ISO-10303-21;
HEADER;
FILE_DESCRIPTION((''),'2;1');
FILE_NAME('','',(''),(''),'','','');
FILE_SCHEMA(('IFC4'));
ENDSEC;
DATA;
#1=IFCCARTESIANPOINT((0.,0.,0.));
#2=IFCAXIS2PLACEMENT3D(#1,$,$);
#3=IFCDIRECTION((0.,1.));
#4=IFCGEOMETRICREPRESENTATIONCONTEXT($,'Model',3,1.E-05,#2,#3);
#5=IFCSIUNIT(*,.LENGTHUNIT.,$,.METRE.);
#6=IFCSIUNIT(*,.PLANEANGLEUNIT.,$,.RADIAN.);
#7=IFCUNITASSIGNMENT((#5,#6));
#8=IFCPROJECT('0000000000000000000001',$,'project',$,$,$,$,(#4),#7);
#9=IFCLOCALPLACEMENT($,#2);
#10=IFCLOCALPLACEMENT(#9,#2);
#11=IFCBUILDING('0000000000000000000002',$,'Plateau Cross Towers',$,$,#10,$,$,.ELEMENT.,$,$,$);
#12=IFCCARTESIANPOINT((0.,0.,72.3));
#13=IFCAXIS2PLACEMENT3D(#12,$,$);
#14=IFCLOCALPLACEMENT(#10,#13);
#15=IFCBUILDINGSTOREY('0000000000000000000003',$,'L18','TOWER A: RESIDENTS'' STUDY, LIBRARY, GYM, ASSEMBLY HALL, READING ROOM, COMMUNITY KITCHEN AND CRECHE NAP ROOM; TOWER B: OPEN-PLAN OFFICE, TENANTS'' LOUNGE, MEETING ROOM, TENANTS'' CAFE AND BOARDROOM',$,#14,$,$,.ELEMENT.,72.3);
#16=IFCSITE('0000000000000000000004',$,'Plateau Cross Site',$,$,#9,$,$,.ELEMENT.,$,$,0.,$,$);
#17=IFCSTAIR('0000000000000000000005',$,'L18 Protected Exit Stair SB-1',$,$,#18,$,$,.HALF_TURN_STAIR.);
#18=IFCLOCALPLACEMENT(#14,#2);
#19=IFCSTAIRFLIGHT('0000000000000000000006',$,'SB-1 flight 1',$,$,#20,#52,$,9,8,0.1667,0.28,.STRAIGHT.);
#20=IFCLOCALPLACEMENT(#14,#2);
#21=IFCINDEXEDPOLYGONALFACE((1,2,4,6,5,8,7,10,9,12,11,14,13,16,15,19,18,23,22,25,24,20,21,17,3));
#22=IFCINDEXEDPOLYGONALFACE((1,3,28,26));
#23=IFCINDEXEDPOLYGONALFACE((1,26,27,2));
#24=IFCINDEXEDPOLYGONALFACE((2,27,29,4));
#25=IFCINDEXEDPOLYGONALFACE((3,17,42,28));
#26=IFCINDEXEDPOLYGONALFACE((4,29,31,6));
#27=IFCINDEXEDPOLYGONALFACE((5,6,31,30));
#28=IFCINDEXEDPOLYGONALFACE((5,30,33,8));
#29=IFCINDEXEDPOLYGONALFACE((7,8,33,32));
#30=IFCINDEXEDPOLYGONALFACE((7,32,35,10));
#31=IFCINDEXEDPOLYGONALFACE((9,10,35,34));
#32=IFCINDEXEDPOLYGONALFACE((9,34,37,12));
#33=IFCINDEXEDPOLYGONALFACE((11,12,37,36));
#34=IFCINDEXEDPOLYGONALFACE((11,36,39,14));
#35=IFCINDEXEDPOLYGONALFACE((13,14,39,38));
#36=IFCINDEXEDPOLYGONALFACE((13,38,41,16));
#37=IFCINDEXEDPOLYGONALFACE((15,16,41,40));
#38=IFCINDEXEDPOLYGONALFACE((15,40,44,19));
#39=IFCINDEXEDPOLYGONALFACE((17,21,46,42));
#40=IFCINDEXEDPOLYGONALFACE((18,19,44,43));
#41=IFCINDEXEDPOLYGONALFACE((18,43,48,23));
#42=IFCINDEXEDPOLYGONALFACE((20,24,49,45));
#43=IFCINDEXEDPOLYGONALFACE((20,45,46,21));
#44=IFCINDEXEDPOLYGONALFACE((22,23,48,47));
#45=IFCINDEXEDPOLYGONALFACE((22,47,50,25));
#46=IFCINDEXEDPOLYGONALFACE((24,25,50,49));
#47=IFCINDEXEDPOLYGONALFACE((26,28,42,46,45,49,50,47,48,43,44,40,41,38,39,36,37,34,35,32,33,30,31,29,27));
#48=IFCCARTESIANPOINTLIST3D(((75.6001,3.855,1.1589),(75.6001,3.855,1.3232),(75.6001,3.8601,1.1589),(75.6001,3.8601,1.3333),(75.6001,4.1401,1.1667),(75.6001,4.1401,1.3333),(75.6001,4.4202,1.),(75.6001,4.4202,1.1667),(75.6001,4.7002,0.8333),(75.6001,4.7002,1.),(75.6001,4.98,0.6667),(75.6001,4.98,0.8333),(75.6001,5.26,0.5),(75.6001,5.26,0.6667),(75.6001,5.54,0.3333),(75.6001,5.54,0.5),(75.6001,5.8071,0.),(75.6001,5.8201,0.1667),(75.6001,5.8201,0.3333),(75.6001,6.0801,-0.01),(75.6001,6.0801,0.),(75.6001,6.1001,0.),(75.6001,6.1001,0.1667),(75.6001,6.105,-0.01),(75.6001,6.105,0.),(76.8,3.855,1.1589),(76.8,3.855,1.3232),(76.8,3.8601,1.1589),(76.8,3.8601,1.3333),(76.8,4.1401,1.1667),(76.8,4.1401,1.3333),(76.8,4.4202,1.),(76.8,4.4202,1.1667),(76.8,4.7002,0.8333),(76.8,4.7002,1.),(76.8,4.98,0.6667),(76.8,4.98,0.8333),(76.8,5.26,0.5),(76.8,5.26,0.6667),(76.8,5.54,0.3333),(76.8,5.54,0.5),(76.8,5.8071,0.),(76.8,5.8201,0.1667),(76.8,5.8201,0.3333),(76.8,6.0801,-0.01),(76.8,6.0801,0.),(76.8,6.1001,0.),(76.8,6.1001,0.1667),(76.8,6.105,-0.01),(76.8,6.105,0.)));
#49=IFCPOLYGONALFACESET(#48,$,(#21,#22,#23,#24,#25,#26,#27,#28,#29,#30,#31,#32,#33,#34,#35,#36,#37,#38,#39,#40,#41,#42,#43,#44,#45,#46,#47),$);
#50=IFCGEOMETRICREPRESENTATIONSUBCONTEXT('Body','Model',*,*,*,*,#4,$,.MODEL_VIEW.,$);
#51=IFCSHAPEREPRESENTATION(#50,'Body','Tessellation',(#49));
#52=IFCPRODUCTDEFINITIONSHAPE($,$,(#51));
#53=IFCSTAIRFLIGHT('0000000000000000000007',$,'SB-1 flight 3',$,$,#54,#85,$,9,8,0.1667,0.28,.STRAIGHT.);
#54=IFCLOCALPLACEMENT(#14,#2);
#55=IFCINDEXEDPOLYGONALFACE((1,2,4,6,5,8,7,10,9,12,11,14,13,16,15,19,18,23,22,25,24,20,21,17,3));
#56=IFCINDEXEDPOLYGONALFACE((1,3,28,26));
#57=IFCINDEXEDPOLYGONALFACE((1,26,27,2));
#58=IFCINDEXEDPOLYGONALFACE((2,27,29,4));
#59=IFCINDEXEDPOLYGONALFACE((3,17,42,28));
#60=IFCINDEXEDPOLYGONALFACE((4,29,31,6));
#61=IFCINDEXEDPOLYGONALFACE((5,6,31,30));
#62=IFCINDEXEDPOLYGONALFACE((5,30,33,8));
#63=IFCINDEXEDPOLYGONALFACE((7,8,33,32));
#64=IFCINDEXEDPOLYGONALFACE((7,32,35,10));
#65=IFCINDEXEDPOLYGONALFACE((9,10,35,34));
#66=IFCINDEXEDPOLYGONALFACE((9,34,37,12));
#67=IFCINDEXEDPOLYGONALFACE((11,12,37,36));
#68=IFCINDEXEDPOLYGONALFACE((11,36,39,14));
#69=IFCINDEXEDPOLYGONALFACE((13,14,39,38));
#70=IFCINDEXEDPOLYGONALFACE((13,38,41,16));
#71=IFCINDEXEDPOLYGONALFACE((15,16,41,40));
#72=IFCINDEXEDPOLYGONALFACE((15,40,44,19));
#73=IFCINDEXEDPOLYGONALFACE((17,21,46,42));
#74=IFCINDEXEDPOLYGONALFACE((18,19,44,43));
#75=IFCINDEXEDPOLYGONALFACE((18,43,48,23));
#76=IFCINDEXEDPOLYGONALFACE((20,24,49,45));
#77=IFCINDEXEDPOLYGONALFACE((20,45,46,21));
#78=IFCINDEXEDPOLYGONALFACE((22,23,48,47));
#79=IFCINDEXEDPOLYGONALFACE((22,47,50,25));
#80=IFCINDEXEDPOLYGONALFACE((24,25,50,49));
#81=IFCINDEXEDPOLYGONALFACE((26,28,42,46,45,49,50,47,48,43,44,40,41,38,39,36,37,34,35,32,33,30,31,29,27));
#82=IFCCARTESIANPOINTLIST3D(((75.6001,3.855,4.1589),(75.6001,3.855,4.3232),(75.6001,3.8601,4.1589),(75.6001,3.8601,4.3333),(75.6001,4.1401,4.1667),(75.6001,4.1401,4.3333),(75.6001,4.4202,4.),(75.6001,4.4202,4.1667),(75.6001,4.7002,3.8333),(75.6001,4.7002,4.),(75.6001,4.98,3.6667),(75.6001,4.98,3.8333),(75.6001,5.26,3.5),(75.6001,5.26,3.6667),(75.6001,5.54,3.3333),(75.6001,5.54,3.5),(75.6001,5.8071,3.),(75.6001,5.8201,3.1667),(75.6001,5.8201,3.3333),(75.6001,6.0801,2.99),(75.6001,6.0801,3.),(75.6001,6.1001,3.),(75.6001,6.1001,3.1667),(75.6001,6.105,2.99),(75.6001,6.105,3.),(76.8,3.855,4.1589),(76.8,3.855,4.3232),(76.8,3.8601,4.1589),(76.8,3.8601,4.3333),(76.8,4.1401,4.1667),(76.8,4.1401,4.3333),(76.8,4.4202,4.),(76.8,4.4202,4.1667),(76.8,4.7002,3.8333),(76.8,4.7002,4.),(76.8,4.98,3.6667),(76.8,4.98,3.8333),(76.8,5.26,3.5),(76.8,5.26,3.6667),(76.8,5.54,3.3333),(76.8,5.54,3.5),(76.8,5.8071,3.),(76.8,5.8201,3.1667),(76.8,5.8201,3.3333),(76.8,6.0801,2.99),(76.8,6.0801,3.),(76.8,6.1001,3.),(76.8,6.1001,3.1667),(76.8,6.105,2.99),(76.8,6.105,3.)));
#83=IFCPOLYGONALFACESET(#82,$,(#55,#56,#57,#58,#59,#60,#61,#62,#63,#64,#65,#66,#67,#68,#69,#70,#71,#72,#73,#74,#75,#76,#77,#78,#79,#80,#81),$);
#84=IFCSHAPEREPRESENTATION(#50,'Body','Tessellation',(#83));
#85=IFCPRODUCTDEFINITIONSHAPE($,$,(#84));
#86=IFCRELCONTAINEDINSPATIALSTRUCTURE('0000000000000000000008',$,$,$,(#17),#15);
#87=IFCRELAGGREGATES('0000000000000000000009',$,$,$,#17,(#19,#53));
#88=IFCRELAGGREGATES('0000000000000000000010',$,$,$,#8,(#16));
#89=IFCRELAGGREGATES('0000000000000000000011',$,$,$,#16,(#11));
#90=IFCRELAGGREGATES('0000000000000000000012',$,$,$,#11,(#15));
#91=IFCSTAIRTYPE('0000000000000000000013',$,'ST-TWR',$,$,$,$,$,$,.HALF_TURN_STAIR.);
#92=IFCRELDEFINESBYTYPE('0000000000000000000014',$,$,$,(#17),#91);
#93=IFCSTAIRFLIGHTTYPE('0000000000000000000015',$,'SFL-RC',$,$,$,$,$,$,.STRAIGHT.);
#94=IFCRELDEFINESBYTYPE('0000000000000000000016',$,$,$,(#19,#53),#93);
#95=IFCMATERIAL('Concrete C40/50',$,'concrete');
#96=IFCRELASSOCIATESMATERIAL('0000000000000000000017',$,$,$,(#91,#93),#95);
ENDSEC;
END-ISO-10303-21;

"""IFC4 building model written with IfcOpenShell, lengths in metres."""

from ifc_helpers import new_model, si_unit, direction, frame, origin, place, context, subcontext, project, spatial, polyline, outline, extrude, material, type_object, element, aggregate, save


model = new_model("IFC4")

# Units and contexts
model_context = context("Model", 3, precision=1e-05, world=origin(), true_north=direction((0.0, 1.0)))
body_context = subcontext(model_context, "Body", "Model", "MODEL_VIEW")
ifc_project = project(units=[si_unit("LENGTHUNIT", "METRE"), si_unit("PLANEANGLEUNIT", "RADIAN")], contexts=[model_context])

# Site, building, storey
site_placement = place(None, origin())
site = spatial("IfcSite", under=ifc_project, at=site_placement, Name="Plateau Cross Site", CompositionType="ELEMENT", RefElevation=0.0)
building_placement = place(site_placement, origin())
building = spatial("IfcBuilding", under=site, at=building_placement, Name="Plateau Cross Towers", CompositionType="ELEMENT")
storey_placement = place(building_placement, frame((0.0, 0.0, 72.3)))
storey = spatial("IfcBuildingStorey", under=building, at=storey_placement, Name="L18", Description="TOWER A: RESIDENTS' STUDY, LIBRARY, GYM, ASSEMBLY HALL, READING ROOM, COMMUNITY KITCHEN AND CRECHE NAP ROOM; TOWER B: OPEN-PLAN OFFICE, TENANTS' LOUNGE, MEETING ROOM, TENANTS' CAFE AND BOARDROOM", CompositionType="ELEMENT", Elevation=72.3)

# Stair, stair flights
ifc_material_1 = material(Name="Concrete C40/50", Category="concrete")
stair_type = type_object("IfcStairType", Name="ST-TWR", PredefinedType="HALF_TURN_STAIR", material=ifc_material_1)
stair_placement = place(storey_placement, origin())
stair = element("IfcStair", 1, at=stair_placement, inside=storey, type_object=stair_type, Name="L18 Protected Exit Stair SB-1", PredefinedType="HALF_TURN_STAIR")
stair_flight_type = type_object("IfcStairFlightType", Name="SFL-RC", PredefinedType="STRAIGHT", material=ifc_material_1)
stair_flight_1_placement = place(storey_placement, frame((76.2, 6.1001, 0.0), z_axis=(0.0, 0.0, 1.0), x_axis=(0.0, -1.0, 0.0)))
stair_flight_1 = element("IfcStairFlight", 2, at=stair_flight_1_placement, type_object=stair_flight_type, Name="SB-1 flight 1", NumberOfRisers=9, NumberOfTreads=8, PredefinedType="STRAIGHT", RiserHeight=0.1667, TreadLength=0.28, context=body_context, shape_type="SweptSolid", body=[
    extrude(outline(polyline([(-0.0049, -0.01), (-0.0049, 0.0), (0.0, 0.0), (0.0, 0.1667), (0.28, 0.1667), (0.28, 0.3333), (0.5601, 0.3333), (0.5601, 0.5), (0.8401, 0.5), (0.8401, 0.6667), (1.1201, 0.6667), (1.1201, 0.8333), (1.3999, 0.8333), (1.3999, 1.0), (1.6799, 1.0), (1.6799, 1.1667), (1.96, 1.1667), (1.96, 1.3333), (2.24, 1.3333), (2.2451, 1.3232), (2.2451, 1.1589), (2.24, 1.1589), (0.293, 0.0), (0.02, 0.0), (0.02, -0.01), (-0.0049, -0.01)])), frame((0.0, 0.6001, 0.0), z_axis=(0.0, -1.0, 0.0), x_axis=(1.0, 0.0, 0.0)), (0.0, 0.0, 1.0), 1.2),
])
stair_flight_2_placement = place(storey_placement, frame((76.2, 6.1001, 3.0), z_axis=(0.0, 0.0, 1.0), x_axis=(0.0, -1.0, 0.0)))
stair_flight_2 = element("IfcStairFlight", 3, at=stair_flight_2_placement, type_object=stair_flight_type, Name="SB-1 flight 3", NumberOfRisers=9, NumberOfTreads=8, PredefinedType="STRAIGHT", RiserHeight=0.1667, TreadLength=0.28, context=body_context, shape_type="SweptSolid", body=[
    extrude(outline(polyline([(-0.0049, -0.01), (-0.0049, 0.0), (0.0, 0.0), (0.0, 0.1667), (0.28, 0.1667), (0.28, 0.3333), (0.5601, 0.3333), (0.5601, 0.5), (0.8401, 0.5), (0.8401, 0.6667), (1.1201, 0.6667), (1.1201, 0.8333), (1.3999, 0.8333), (1.3999, 1.0), (1.6799, 1.0), (1.6799, 1.1667), (1.96, 1.1667), (1.96, 1.3333), (2.24, 1.3333), (2.2451, 1.3232), (2.2451, 1.1589), (2.24, 1.1589), (0.293, 0.0), (0.02, 0.0), (0.02, -0.01), (-0.0049, -0.01)])), frame((0.0, 0.6001, 0.0), z_axis=(0.0, -1.0, 0.0), x_axis=(1.0, 0.0, 0.0)), (0.0, 0.0, 1.0), 1.2),
])
aggregate(stair, [stair_flight_1, stair_flight_2])

save(model, "model.ifc")
